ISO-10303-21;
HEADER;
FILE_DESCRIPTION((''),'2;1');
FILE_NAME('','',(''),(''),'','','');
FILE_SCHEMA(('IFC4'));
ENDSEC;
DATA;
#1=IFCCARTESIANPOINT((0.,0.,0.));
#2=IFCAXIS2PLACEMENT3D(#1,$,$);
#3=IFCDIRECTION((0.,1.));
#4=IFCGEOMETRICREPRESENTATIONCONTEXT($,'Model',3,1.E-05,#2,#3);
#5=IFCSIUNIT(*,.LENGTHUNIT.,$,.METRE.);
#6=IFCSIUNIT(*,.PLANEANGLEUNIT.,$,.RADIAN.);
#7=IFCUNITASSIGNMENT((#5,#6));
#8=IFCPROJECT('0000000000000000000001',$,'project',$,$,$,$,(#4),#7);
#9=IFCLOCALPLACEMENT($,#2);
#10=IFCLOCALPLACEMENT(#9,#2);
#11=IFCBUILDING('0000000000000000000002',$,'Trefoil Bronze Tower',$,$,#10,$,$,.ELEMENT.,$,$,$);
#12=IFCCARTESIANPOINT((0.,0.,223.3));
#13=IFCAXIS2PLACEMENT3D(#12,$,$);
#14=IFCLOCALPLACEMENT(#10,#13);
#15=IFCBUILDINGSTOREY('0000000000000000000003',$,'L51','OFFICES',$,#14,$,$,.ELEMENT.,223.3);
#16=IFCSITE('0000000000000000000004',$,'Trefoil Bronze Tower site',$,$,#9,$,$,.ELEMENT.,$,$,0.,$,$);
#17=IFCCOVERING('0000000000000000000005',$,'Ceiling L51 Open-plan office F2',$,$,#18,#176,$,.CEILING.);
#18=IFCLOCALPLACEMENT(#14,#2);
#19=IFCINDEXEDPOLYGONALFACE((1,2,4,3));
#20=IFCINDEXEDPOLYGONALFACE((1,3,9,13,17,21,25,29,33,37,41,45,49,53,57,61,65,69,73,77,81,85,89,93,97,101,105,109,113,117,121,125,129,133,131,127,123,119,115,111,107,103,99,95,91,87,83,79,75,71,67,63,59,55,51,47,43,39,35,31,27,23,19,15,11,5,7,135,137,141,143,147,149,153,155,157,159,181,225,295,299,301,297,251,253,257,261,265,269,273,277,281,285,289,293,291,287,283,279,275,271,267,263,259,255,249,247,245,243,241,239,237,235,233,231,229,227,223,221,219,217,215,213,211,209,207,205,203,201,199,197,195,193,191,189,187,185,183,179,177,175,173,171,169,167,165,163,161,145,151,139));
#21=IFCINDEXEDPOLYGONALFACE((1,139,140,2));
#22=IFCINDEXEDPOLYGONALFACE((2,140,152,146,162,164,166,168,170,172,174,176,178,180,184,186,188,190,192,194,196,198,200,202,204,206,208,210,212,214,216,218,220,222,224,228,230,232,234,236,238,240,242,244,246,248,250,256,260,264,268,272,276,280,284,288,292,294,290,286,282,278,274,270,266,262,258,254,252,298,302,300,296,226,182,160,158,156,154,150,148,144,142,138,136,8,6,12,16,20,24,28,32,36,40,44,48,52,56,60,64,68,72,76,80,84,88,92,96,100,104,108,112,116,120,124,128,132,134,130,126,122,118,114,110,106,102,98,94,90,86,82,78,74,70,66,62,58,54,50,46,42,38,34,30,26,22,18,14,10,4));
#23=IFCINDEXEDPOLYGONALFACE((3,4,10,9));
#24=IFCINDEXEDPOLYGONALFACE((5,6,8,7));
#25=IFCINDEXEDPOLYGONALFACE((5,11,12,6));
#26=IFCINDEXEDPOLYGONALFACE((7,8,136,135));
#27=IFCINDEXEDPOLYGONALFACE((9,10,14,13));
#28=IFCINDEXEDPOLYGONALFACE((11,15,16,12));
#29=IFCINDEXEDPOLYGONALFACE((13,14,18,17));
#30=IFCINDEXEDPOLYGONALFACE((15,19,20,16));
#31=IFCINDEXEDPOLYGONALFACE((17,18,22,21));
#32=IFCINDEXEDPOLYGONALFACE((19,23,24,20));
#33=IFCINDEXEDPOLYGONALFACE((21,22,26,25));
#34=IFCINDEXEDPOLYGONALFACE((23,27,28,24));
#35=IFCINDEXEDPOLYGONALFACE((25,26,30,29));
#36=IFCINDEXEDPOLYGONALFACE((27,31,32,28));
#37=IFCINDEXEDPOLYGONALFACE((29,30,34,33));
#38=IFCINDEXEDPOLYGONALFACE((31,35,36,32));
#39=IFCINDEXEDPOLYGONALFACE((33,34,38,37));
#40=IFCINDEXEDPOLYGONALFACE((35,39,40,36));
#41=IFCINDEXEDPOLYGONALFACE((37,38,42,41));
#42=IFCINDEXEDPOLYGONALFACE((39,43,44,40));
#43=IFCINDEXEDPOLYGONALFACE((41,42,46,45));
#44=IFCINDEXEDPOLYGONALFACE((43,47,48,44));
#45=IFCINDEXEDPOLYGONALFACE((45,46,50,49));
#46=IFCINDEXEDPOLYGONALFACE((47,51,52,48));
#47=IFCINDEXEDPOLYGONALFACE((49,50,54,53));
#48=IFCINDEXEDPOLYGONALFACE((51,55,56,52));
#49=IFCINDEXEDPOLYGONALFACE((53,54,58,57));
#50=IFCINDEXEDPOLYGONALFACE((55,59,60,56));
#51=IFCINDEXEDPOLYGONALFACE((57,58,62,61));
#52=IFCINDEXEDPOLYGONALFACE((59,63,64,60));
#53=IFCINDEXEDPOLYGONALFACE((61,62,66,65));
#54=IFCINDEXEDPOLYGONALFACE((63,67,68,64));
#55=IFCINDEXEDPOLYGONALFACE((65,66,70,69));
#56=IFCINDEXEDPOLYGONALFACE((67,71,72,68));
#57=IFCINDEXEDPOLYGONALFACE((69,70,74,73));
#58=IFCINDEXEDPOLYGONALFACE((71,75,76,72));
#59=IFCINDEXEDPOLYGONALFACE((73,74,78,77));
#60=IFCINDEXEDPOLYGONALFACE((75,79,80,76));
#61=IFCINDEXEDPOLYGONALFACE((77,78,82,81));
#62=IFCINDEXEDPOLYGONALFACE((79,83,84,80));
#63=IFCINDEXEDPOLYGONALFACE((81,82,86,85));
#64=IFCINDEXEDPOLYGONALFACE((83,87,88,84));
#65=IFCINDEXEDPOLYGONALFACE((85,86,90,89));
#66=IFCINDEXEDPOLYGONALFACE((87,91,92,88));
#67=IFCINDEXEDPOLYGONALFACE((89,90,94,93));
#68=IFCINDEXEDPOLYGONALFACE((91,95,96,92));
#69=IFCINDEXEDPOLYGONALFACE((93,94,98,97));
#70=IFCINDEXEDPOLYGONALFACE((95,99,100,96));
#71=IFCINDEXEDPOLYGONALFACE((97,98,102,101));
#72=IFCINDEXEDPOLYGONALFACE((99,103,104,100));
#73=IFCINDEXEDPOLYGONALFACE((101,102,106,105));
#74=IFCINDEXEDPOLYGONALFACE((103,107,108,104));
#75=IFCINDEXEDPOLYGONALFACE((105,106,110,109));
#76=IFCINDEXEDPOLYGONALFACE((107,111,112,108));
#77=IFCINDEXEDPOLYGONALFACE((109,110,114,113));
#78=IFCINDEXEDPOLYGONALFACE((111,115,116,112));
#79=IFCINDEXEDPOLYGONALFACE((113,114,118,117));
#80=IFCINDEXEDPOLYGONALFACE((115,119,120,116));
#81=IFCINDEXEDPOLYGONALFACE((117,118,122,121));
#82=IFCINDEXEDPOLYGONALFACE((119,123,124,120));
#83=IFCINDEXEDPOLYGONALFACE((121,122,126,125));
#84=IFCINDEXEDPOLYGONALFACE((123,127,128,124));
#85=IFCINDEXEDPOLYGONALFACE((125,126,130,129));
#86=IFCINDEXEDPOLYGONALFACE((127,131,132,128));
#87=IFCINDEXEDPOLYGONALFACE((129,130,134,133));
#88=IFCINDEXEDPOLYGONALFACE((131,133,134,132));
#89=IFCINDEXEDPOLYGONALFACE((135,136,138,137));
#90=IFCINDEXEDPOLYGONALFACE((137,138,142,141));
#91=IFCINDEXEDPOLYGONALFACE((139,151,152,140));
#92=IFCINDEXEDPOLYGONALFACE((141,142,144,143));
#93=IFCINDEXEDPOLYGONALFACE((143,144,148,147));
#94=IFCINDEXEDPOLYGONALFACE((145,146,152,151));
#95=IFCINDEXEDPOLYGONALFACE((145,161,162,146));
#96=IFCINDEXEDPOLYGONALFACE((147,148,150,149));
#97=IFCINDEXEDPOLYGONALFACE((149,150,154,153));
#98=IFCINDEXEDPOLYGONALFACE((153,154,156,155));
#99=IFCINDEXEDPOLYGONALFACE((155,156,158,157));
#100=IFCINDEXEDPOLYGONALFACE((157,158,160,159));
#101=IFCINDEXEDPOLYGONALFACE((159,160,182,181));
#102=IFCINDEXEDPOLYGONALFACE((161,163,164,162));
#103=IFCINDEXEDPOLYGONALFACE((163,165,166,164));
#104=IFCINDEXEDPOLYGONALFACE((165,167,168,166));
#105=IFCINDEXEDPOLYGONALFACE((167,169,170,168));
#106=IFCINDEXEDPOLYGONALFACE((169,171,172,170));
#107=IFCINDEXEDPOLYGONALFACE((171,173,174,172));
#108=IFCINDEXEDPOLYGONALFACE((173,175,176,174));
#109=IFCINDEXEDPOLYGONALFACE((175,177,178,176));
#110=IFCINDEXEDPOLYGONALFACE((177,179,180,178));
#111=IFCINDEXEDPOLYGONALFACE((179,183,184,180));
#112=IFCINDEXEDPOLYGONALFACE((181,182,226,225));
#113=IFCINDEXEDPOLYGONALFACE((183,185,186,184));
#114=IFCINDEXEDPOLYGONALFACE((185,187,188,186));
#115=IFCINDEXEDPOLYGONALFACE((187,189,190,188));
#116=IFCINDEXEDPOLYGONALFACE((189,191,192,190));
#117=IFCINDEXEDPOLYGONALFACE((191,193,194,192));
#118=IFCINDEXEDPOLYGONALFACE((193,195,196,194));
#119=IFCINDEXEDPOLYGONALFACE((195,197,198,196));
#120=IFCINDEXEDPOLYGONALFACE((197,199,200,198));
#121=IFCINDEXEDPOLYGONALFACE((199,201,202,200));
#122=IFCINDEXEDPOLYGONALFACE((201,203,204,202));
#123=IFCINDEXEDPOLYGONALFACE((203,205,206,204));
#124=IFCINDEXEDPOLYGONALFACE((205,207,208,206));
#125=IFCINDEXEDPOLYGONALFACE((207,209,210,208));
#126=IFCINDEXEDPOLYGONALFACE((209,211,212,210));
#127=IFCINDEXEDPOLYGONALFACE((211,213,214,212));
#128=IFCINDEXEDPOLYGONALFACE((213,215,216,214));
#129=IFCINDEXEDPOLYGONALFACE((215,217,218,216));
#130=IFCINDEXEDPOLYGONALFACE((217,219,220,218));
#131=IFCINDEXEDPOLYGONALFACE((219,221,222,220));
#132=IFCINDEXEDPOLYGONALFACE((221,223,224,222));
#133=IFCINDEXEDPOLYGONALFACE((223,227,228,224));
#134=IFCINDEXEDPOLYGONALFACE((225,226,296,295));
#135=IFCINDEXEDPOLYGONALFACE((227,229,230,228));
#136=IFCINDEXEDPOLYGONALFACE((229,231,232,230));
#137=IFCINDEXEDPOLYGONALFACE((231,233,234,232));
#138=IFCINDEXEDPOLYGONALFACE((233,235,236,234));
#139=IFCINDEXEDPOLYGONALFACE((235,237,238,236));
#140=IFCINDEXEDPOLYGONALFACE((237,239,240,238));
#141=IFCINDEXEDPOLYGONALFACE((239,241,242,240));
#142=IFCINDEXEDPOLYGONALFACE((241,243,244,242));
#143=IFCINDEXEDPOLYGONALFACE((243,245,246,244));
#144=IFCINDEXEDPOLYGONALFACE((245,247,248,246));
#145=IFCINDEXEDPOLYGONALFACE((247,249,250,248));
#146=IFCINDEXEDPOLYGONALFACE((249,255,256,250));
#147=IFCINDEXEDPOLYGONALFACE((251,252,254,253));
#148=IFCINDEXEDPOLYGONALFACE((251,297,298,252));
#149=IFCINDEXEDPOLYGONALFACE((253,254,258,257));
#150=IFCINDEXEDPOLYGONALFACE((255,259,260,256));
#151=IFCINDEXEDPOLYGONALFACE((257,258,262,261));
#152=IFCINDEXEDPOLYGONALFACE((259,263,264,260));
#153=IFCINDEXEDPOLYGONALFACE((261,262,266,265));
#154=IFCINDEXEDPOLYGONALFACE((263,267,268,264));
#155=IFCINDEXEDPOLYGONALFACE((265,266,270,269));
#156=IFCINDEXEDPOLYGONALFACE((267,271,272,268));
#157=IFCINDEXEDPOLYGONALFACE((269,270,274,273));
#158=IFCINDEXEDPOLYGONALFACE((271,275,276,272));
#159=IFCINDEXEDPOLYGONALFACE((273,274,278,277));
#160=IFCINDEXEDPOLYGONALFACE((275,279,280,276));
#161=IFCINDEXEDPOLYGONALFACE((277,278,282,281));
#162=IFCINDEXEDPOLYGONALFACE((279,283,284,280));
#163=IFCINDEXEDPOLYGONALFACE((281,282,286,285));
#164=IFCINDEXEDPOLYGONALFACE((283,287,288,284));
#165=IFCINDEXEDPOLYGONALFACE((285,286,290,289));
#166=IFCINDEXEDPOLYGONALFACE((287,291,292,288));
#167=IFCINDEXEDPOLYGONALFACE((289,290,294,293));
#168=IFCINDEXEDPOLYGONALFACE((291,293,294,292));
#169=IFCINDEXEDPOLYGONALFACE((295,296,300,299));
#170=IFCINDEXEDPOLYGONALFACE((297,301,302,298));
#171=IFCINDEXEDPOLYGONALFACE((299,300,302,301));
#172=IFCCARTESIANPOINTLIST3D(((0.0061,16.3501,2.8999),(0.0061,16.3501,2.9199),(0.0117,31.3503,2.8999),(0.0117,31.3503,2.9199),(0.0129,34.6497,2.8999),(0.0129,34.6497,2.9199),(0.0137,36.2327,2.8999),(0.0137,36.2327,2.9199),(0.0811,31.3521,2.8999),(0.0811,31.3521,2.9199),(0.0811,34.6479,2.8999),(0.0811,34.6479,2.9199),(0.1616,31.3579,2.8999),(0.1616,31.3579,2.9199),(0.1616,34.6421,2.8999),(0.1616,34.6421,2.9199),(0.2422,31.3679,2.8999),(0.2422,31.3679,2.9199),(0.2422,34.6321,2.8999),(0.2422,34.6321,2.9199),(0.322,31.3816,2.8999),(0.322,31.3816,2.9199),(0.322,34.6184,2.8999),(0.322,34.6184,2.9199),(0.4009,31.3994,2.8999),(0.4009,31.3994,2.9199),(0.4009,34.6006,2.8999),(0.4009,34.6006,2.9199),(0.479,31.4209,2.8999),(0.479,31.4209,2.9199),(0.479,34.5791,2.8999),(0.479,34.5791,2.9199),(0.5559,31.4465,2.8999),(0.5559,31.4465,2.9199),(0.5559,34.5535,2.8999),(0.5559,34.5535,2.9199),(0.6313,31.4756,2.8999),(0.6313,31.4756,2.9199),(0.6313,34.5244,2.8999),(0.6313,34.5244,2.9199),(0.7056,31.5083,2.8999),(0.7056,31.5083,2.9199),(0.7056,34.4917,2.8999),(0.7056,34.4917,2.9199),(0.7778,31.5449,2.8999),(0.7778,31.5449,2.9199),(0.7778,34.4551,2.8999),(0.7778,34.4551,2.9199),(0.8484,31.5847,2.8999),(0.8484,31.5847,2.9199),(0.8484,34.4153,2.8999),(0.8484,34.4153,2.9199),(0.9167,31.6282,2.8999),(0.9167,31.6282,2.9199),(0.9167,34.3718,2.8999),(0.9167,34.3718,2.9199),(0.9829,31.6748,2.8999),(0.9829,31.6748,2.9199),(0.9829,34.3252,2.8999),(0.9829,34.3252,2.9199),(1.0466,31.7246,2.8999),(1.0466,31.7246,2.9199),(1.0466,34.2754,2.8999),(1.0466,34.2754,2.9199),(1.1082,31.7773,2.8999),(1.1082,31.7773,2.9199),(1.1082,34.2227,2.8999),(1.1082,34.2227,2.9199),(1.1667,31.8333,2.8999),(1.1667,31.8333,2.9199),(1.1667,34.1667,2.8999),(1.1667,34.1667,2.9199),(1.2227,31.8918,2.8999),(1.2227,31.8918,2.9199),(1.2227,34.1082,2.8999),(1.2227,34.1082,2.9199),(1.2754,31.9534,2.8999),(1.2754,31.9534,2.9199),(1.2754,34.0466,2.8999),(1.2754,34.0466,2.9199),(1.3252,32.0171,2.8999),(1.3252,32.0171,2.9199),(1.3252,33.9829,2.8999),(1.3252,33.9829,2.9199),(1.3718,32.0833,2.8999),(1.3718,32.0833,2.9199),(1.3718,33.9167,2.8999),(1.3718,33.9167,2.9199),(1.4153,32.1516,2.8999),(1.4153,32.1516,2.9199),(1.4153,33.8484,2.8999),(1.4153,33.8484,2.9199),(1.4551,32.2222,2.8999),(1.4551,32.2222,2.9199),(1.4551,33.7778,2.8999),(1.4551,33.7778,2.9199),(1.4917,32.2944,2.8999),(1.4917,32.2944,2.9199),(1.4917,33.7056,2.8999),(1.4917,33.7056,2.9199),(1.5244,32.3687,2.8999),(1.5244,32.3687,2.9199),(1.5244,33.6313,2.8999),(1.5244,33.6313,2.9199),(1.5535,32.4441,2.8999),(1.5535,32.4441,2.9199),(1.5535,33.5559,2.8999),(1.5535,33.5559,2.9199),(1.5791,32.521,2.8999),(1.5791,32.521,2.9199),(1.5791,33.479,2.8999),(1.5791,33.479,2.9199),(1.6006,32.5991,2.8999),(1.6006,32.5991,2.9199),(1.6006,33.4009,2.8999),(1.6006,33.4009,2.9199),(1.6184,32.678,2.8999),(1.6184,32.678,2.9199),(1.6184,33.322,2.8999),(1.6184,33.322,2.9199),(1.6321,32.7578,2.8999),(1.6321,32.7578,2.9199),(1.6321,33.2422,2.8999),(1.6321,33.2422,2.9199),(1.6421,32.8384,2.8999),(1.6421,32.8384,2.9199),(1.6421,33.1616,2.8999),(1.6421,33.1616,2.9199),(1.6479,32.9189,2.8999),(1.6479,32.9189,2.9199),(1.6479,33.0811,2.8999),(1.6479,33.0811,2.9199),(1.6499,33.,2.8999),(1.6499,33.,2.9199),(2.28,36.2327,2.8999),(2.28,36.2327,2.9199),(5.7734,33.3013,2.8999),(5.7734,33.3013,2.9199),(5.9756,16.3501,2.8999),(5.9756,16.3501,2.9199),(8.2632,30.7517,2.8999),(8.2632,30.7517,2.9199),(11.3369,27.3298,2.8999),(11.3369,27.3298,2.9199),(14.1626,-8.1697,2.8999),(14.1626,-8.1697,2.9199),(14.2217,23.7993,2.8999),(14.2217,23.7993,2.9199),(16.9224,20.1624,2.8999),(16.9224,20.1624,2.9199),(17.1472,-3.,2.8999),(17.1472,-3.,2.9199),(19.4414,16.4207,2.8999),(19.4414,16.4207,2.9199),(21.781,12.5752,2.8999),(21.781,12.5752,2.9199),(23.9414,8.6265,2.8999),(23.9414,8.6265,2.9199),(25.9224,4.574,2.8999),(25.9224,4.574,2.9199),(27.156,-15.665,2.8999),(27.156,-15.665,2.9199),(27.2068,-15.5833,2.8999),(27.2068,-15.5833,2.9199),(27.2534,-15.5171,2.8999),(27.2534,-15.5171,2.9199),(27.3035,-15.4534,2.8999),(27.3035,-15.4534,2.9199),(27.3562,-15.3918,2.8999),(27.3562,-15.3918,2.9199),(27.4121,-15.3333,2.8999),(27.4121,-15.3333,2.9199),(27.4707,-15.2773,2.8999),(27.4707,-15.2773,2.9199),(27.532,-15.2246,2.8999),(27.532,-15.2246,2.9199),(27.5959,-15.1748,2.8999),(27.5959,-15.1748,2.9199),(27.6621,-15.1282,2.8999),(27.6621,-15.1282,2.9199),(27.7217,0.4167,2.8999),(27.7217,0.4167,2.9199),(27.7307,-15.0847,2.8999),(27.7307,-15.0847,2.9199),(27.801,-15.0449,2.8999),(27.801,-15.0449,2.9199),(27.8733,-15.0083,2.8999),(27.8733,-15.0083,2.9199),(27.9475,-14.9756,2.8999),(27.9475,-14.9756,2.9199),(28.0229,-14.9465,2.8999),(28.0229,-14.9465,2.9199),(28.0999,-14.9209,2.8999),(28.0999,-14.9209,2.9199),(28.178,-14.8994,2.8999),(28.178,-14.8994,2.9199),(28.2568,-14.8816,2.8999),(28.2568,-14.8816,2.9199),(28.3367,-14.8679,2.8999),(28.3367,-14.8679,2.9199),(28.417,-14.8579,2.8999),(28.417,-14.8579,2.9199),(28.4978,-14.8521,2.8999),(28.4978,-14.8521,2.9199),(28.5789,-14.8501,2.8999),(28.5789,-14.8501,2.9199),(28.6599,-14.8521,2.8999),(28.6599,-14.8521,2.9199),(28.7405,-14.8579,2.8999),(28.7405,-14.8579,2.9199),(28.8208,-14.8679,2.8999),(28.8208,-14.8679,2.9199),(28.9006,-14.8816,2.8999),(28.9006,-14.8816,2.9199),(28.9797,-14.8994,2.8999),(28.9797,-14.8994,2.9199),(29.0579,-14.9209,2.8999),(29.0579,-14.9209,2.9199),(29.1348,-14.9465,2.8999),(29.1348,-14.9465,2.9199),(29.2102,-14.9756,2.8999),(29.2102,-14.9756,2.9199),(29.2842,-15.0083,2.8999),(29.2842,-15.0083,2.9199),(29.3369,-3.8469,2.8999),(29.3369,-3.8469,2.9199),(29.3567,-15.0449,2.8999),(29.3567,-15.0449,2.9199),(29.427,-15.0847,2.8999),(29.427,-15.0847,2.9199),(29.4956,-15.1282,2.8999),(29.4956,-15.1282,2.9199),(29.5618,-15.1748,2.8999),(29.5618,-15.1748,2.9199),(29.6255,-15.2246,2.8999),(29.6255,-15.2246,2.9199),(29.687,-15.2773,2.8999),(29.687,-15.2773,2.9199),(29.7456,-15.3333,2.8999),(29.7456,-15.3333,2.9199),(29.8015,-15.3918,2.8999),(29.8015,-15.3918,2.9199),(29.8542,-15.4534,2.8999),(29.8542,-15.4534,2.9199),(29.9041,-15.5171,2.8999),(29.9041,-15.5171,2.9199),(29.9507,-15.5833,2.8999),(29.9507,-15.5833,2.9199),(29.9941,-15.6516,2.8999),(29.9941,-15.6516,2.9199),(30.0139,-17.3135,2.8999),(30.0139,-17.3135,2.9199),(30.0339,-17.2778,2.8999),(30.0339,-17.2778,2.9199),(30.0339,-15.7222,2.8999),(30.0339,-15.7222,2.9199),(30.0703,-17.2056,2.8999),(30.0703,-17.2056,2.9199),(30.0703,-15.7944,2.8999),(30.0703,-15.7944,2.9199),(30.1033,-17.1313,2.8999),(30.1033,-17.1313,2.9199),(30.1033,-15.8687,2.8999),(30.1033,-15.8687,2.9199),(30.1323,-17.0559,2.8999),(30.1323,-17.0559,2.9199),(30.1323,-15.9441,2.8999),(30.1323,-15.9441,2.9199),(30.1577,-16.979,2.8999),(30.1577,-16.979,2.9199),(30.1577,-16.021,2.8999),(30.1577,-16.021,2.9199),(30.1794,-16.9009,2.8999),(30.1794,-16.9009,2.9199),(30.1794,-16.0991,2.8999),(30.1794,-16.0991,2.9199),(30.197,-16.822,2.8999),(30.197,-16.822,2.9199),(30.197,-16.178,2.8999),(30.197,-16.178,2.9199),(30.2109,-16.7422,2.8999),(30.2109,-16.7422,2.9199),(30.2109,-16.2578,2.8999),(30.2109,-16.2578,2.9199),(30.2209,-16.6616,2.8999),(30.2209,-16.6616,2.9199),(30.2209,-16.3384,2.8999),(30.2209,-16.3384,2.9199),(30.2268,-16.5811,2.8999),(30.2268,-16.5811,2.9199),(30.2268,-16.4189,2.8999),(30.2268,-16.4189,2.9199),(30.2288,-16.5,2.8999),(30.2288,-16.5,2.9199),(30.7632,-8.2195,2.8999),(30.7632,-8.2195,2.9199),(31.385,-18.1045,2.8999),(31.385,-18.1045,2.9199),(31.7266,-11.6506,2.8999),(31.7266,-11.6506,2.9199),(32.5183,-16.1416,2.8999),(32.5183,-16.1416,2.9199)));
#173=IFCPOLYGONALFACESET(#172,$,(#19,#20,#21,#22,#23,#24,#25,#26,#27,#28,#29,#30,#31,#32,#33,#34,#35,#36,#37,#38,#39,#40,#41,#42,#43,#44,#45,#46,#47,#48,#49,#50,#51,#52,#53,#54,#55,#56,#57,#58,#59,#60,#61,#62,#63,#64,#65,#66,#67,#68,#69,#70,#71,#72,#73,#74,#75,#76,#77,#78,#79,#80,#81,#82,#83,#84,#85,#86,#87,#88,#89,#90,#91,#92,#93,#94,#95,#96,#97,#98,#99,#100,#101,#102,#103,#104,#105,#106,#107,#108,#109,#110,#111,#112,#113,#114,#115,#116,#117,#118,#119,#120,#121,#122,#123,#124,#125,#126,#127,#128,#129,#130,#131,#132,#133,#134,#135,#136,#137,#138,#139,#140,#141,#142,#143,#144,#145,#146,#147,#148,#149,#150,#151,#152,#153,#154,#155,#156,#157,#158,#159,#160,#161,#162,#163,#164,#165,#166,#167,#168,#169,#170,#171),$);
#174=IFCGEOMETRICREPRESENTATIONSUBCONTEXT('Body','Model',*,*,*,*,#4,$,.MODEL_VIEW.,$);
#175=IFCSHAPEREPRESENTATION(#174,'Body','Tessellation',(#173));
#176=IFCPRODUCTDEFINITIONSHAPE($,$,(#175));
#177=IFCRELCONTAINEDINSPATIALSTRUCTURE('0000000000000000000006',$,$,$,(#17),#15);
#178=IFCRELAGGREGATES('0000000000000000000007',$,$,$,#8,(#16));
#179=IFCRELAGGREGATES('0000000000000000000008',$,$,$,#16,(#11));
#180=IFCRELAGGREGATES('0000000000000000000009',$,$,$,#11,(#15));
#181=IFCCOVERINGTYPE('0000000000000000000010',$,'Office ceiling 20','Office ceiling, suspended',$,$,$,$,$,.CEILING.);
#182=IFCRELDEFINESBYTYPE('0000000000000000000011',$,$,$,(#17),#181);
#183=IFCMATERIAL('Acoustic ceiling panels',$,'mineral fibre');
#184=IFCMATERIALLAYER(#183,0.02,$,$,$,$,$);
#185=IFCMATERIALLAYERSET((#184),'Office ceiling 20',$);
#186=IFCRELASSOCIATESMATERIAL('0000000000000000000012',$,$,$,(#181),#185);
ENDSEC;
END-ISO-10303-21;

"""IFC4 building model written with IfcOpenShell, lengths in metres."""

from ifc_helpers import new_model, si_unit, direction, frame, origin, place, context, subcontext, project, spatial, polyline, outline, extrude, material, layer, layer_set, type_object, element, save


model = new_model("IFC4")

# Units and contexts
model_context = context("Model", 3, precision=1e-05, world=origin(), true_north=direction((0.0, 1.0)))
body_context = subcontext(model_context, "Body", "Model", "MODEL_VIEW")
ifc_project = project(units=[si_unit("LENGTHUNIT", "METRE"), si_unit("PLANEANGLEUNIT", "RADIAN")], contexts=[model_context])

# Site, building, storey
site_placement = place(None, origin())
site = spatial("IfcSite", under=ifc_project, at=site_placement, Name="Trefoil Bronze Tower site", CompositionType="ELEMENT", RefElevation=0.0)
building_placement = place(site_placement, origin())
building = spatial("IfcBuilding", under=site, at=building_placement, Name="Trefoil Bronze Tower", CompositionType="ELEMENT")
storey_placement = place(building_placement, frame((0.0, 0.0, 223.3)))
storey = spatial("IfcBuildingStorey", under=building, at=storey_placement, Name="L51", Description="OFFICES", CompositionType="ELEMENT", Elevation=223.3)

# Covering
ifc_material_1 = material(Name="Acoustic ceiling panels", Category="mineral fibre")
ifc_layer_1 = layer(ifc_material_1, 0.02)
ifc_layer_set_1 = layer_set([ifc_layer_1], Name="Office ceiling 20")
covering_type_1 = type_object("IfcCoveringType", Name="Office ceiling 20", Description="Office ceiling, suspended", PredefinedType="CEILING", material=ifc_layer_set_1)
covering_1_placement = place(storey_placement, frame((0.0, 0.0, 2.8999)))
element("IfcCovering", 1, at=covering_1_placement, inside=storey, type_object=covering_type_1, Name="Ceiling L51 Open-plan office F2", PredefinedType="CEILING", context=body_context, shape_type="SweptSolid", body=[
    extrude(outline(polyline([(8.2632, 30.7517), (11.3369, 27.3298), (14.2217, 23.7993), (16.9224, 20.1624), (19.4414, 16.4207), (21.781, 12.5752), (23.9414, 8.6265), (25.9224, 4.574), (27.7217, 0.4167), (29.3369, -3.8469), (30.7632, -8.2195), (31.7266, -11.6506), (32.5183, -16.1416), (31.385, -18.1045), (30.0139, -17.3135), (30.0339, -17.2778), (30.0703, -17.2056), (30.1033, -17.1313), (30.1323, -17.0559), (30.1577, -16.979), (30.1794, -16.9009), (30.197, -16.822), (30.2109, -16.7422), (30.2209, -16.6616), (30.2268, -16.5811), (30.2288, -16.5), (30.2268, -16.4189), (30.2209, -16.3384), (30.2109, -16.2578), (30.197, -16.178), (30.1794, -16.0991), (30.1577, -16.021), (30.1323, -15.9441), (30.1033, -15.8687), (30.0703, -15.7944), (30.0339, -15.7222), (29.9941, -15.6516), (29.9507, -15.5833), (29.9041, -15.5171), (29.8542, -15.4534), (29.8015, -15.3918), (29.7456, -15.3333), (29.687, -15.2773), (29.6255, -15.2246), (29.5618, -15.1748), (29.4956, -15.1282), (29.427, -15.0847), (29.3567, -15.0449), (29.2842, -15.0083), (29.2102, -14.9756), (29.1348, -14.9465), (29.0579, -14.9209), (28.9797, -14.8994), (28.9006, -14.8816), (28.8208, -14.8679), (28.7405, -14.8579), (28.6599, -14.8521), (28.5789, -14.8501), (28.4978, -14.8521), (28.417, -14.8579), (28.3367, -14.8679), (28.2568, -14.8816), (28.178, -14.8994), (28.0999, -14.9209), (28.0229, -14.9465), (27.9475, -14.9756), (27.8733, -15.0083), (27.801, -15.0449), (27.7307, -15.0847), (27.6621, -15.1282), (27.5959, -15.1748), (27.532, -15.2246), (27.4707, -15.2773), (27.4121, -15.3333), (27.3562, -15.3918), (27.3035, -15.4534), (27.2534, -15.5171), (27.2068, -15.5833), (27.156, -15.665), (14.1626, -8.1697), (17.1472, -3.0), (5.9756, 16.3501), (0.0061, 16.3501), (0.0117, 31.3503), (0.0811, 31.3521), (0.1616, 31.3579), (0.2422, 31.3679), (0.322, 31.3816), (0.4009, 31.3994), (0.479, 31.4209), (0.5559, 31.4465), (0.6313, 31.4756), (0.7056, 31.5083), (0.7778, 31.5449), (0.8484, 31.5847), (0.9167, 31.6282), (0.9829, 31.6748), (1.0466, 31.7246), (1.1082, 31.7773), (1.1667, 31.8333), (1.2227, 31.8918), (1.2754, 31.9534), (1.3252, 32.0171), (1.3718, 32.0833), (1.4153, 32.1516), (1.4551, 32.2222), (1.4917, 32.2944), (1.5244, 32.3687), (1.5535, 32.4441), (1.5791, 32.521), (1.6006, 32.5991), (1.6184, 32.678), (1.6321, 32.7578), (1.6421, 32.8384), (1.6479, 32.9189), (1.6499, 33.0), (1.6479, 33.0811), (1.6421, 33.1616), (1.6321, 33.2422), (1.6184, 33.322), (1.6006, 33.4009), (1.5791, 33.479), (1.5535, 33.5559), (1.5244, 33.6313), (1.4917, 33.7056), (1.4551, 33.7778), (1.4153, 33.8484), (1.3718, 33.9167), (1.3252, 33.9829), (1.2754, 34.0466), (1.2227, 34.1082), (1.1667, 34.1667), (1.1082, 34.2227), (1.0466, 34.2754), (0.9829, 34.3252), (0.9167, 34.3718), (0.8484, 34.4153), (0.7778, 34.4551), (0.7056, 34.4917), (0.6313, 34.5244), (0.5559, 34.5535), (0.479, 34.5791), (0.4009, 34.6006), (0.322, 34.6184), (0.2422, 34.6321), (0.1616, 34.6421), (0.0811, 34.6479), (0.0129, 34.6497), (0.0137, 36.2327), (2.28, 36.2327), (5.7734, 33.3013), (8.2632, 30.7517)])), origin(), (0.0, 0.0, 1.0), 0.02),
])

save(model, "model.ifc")
